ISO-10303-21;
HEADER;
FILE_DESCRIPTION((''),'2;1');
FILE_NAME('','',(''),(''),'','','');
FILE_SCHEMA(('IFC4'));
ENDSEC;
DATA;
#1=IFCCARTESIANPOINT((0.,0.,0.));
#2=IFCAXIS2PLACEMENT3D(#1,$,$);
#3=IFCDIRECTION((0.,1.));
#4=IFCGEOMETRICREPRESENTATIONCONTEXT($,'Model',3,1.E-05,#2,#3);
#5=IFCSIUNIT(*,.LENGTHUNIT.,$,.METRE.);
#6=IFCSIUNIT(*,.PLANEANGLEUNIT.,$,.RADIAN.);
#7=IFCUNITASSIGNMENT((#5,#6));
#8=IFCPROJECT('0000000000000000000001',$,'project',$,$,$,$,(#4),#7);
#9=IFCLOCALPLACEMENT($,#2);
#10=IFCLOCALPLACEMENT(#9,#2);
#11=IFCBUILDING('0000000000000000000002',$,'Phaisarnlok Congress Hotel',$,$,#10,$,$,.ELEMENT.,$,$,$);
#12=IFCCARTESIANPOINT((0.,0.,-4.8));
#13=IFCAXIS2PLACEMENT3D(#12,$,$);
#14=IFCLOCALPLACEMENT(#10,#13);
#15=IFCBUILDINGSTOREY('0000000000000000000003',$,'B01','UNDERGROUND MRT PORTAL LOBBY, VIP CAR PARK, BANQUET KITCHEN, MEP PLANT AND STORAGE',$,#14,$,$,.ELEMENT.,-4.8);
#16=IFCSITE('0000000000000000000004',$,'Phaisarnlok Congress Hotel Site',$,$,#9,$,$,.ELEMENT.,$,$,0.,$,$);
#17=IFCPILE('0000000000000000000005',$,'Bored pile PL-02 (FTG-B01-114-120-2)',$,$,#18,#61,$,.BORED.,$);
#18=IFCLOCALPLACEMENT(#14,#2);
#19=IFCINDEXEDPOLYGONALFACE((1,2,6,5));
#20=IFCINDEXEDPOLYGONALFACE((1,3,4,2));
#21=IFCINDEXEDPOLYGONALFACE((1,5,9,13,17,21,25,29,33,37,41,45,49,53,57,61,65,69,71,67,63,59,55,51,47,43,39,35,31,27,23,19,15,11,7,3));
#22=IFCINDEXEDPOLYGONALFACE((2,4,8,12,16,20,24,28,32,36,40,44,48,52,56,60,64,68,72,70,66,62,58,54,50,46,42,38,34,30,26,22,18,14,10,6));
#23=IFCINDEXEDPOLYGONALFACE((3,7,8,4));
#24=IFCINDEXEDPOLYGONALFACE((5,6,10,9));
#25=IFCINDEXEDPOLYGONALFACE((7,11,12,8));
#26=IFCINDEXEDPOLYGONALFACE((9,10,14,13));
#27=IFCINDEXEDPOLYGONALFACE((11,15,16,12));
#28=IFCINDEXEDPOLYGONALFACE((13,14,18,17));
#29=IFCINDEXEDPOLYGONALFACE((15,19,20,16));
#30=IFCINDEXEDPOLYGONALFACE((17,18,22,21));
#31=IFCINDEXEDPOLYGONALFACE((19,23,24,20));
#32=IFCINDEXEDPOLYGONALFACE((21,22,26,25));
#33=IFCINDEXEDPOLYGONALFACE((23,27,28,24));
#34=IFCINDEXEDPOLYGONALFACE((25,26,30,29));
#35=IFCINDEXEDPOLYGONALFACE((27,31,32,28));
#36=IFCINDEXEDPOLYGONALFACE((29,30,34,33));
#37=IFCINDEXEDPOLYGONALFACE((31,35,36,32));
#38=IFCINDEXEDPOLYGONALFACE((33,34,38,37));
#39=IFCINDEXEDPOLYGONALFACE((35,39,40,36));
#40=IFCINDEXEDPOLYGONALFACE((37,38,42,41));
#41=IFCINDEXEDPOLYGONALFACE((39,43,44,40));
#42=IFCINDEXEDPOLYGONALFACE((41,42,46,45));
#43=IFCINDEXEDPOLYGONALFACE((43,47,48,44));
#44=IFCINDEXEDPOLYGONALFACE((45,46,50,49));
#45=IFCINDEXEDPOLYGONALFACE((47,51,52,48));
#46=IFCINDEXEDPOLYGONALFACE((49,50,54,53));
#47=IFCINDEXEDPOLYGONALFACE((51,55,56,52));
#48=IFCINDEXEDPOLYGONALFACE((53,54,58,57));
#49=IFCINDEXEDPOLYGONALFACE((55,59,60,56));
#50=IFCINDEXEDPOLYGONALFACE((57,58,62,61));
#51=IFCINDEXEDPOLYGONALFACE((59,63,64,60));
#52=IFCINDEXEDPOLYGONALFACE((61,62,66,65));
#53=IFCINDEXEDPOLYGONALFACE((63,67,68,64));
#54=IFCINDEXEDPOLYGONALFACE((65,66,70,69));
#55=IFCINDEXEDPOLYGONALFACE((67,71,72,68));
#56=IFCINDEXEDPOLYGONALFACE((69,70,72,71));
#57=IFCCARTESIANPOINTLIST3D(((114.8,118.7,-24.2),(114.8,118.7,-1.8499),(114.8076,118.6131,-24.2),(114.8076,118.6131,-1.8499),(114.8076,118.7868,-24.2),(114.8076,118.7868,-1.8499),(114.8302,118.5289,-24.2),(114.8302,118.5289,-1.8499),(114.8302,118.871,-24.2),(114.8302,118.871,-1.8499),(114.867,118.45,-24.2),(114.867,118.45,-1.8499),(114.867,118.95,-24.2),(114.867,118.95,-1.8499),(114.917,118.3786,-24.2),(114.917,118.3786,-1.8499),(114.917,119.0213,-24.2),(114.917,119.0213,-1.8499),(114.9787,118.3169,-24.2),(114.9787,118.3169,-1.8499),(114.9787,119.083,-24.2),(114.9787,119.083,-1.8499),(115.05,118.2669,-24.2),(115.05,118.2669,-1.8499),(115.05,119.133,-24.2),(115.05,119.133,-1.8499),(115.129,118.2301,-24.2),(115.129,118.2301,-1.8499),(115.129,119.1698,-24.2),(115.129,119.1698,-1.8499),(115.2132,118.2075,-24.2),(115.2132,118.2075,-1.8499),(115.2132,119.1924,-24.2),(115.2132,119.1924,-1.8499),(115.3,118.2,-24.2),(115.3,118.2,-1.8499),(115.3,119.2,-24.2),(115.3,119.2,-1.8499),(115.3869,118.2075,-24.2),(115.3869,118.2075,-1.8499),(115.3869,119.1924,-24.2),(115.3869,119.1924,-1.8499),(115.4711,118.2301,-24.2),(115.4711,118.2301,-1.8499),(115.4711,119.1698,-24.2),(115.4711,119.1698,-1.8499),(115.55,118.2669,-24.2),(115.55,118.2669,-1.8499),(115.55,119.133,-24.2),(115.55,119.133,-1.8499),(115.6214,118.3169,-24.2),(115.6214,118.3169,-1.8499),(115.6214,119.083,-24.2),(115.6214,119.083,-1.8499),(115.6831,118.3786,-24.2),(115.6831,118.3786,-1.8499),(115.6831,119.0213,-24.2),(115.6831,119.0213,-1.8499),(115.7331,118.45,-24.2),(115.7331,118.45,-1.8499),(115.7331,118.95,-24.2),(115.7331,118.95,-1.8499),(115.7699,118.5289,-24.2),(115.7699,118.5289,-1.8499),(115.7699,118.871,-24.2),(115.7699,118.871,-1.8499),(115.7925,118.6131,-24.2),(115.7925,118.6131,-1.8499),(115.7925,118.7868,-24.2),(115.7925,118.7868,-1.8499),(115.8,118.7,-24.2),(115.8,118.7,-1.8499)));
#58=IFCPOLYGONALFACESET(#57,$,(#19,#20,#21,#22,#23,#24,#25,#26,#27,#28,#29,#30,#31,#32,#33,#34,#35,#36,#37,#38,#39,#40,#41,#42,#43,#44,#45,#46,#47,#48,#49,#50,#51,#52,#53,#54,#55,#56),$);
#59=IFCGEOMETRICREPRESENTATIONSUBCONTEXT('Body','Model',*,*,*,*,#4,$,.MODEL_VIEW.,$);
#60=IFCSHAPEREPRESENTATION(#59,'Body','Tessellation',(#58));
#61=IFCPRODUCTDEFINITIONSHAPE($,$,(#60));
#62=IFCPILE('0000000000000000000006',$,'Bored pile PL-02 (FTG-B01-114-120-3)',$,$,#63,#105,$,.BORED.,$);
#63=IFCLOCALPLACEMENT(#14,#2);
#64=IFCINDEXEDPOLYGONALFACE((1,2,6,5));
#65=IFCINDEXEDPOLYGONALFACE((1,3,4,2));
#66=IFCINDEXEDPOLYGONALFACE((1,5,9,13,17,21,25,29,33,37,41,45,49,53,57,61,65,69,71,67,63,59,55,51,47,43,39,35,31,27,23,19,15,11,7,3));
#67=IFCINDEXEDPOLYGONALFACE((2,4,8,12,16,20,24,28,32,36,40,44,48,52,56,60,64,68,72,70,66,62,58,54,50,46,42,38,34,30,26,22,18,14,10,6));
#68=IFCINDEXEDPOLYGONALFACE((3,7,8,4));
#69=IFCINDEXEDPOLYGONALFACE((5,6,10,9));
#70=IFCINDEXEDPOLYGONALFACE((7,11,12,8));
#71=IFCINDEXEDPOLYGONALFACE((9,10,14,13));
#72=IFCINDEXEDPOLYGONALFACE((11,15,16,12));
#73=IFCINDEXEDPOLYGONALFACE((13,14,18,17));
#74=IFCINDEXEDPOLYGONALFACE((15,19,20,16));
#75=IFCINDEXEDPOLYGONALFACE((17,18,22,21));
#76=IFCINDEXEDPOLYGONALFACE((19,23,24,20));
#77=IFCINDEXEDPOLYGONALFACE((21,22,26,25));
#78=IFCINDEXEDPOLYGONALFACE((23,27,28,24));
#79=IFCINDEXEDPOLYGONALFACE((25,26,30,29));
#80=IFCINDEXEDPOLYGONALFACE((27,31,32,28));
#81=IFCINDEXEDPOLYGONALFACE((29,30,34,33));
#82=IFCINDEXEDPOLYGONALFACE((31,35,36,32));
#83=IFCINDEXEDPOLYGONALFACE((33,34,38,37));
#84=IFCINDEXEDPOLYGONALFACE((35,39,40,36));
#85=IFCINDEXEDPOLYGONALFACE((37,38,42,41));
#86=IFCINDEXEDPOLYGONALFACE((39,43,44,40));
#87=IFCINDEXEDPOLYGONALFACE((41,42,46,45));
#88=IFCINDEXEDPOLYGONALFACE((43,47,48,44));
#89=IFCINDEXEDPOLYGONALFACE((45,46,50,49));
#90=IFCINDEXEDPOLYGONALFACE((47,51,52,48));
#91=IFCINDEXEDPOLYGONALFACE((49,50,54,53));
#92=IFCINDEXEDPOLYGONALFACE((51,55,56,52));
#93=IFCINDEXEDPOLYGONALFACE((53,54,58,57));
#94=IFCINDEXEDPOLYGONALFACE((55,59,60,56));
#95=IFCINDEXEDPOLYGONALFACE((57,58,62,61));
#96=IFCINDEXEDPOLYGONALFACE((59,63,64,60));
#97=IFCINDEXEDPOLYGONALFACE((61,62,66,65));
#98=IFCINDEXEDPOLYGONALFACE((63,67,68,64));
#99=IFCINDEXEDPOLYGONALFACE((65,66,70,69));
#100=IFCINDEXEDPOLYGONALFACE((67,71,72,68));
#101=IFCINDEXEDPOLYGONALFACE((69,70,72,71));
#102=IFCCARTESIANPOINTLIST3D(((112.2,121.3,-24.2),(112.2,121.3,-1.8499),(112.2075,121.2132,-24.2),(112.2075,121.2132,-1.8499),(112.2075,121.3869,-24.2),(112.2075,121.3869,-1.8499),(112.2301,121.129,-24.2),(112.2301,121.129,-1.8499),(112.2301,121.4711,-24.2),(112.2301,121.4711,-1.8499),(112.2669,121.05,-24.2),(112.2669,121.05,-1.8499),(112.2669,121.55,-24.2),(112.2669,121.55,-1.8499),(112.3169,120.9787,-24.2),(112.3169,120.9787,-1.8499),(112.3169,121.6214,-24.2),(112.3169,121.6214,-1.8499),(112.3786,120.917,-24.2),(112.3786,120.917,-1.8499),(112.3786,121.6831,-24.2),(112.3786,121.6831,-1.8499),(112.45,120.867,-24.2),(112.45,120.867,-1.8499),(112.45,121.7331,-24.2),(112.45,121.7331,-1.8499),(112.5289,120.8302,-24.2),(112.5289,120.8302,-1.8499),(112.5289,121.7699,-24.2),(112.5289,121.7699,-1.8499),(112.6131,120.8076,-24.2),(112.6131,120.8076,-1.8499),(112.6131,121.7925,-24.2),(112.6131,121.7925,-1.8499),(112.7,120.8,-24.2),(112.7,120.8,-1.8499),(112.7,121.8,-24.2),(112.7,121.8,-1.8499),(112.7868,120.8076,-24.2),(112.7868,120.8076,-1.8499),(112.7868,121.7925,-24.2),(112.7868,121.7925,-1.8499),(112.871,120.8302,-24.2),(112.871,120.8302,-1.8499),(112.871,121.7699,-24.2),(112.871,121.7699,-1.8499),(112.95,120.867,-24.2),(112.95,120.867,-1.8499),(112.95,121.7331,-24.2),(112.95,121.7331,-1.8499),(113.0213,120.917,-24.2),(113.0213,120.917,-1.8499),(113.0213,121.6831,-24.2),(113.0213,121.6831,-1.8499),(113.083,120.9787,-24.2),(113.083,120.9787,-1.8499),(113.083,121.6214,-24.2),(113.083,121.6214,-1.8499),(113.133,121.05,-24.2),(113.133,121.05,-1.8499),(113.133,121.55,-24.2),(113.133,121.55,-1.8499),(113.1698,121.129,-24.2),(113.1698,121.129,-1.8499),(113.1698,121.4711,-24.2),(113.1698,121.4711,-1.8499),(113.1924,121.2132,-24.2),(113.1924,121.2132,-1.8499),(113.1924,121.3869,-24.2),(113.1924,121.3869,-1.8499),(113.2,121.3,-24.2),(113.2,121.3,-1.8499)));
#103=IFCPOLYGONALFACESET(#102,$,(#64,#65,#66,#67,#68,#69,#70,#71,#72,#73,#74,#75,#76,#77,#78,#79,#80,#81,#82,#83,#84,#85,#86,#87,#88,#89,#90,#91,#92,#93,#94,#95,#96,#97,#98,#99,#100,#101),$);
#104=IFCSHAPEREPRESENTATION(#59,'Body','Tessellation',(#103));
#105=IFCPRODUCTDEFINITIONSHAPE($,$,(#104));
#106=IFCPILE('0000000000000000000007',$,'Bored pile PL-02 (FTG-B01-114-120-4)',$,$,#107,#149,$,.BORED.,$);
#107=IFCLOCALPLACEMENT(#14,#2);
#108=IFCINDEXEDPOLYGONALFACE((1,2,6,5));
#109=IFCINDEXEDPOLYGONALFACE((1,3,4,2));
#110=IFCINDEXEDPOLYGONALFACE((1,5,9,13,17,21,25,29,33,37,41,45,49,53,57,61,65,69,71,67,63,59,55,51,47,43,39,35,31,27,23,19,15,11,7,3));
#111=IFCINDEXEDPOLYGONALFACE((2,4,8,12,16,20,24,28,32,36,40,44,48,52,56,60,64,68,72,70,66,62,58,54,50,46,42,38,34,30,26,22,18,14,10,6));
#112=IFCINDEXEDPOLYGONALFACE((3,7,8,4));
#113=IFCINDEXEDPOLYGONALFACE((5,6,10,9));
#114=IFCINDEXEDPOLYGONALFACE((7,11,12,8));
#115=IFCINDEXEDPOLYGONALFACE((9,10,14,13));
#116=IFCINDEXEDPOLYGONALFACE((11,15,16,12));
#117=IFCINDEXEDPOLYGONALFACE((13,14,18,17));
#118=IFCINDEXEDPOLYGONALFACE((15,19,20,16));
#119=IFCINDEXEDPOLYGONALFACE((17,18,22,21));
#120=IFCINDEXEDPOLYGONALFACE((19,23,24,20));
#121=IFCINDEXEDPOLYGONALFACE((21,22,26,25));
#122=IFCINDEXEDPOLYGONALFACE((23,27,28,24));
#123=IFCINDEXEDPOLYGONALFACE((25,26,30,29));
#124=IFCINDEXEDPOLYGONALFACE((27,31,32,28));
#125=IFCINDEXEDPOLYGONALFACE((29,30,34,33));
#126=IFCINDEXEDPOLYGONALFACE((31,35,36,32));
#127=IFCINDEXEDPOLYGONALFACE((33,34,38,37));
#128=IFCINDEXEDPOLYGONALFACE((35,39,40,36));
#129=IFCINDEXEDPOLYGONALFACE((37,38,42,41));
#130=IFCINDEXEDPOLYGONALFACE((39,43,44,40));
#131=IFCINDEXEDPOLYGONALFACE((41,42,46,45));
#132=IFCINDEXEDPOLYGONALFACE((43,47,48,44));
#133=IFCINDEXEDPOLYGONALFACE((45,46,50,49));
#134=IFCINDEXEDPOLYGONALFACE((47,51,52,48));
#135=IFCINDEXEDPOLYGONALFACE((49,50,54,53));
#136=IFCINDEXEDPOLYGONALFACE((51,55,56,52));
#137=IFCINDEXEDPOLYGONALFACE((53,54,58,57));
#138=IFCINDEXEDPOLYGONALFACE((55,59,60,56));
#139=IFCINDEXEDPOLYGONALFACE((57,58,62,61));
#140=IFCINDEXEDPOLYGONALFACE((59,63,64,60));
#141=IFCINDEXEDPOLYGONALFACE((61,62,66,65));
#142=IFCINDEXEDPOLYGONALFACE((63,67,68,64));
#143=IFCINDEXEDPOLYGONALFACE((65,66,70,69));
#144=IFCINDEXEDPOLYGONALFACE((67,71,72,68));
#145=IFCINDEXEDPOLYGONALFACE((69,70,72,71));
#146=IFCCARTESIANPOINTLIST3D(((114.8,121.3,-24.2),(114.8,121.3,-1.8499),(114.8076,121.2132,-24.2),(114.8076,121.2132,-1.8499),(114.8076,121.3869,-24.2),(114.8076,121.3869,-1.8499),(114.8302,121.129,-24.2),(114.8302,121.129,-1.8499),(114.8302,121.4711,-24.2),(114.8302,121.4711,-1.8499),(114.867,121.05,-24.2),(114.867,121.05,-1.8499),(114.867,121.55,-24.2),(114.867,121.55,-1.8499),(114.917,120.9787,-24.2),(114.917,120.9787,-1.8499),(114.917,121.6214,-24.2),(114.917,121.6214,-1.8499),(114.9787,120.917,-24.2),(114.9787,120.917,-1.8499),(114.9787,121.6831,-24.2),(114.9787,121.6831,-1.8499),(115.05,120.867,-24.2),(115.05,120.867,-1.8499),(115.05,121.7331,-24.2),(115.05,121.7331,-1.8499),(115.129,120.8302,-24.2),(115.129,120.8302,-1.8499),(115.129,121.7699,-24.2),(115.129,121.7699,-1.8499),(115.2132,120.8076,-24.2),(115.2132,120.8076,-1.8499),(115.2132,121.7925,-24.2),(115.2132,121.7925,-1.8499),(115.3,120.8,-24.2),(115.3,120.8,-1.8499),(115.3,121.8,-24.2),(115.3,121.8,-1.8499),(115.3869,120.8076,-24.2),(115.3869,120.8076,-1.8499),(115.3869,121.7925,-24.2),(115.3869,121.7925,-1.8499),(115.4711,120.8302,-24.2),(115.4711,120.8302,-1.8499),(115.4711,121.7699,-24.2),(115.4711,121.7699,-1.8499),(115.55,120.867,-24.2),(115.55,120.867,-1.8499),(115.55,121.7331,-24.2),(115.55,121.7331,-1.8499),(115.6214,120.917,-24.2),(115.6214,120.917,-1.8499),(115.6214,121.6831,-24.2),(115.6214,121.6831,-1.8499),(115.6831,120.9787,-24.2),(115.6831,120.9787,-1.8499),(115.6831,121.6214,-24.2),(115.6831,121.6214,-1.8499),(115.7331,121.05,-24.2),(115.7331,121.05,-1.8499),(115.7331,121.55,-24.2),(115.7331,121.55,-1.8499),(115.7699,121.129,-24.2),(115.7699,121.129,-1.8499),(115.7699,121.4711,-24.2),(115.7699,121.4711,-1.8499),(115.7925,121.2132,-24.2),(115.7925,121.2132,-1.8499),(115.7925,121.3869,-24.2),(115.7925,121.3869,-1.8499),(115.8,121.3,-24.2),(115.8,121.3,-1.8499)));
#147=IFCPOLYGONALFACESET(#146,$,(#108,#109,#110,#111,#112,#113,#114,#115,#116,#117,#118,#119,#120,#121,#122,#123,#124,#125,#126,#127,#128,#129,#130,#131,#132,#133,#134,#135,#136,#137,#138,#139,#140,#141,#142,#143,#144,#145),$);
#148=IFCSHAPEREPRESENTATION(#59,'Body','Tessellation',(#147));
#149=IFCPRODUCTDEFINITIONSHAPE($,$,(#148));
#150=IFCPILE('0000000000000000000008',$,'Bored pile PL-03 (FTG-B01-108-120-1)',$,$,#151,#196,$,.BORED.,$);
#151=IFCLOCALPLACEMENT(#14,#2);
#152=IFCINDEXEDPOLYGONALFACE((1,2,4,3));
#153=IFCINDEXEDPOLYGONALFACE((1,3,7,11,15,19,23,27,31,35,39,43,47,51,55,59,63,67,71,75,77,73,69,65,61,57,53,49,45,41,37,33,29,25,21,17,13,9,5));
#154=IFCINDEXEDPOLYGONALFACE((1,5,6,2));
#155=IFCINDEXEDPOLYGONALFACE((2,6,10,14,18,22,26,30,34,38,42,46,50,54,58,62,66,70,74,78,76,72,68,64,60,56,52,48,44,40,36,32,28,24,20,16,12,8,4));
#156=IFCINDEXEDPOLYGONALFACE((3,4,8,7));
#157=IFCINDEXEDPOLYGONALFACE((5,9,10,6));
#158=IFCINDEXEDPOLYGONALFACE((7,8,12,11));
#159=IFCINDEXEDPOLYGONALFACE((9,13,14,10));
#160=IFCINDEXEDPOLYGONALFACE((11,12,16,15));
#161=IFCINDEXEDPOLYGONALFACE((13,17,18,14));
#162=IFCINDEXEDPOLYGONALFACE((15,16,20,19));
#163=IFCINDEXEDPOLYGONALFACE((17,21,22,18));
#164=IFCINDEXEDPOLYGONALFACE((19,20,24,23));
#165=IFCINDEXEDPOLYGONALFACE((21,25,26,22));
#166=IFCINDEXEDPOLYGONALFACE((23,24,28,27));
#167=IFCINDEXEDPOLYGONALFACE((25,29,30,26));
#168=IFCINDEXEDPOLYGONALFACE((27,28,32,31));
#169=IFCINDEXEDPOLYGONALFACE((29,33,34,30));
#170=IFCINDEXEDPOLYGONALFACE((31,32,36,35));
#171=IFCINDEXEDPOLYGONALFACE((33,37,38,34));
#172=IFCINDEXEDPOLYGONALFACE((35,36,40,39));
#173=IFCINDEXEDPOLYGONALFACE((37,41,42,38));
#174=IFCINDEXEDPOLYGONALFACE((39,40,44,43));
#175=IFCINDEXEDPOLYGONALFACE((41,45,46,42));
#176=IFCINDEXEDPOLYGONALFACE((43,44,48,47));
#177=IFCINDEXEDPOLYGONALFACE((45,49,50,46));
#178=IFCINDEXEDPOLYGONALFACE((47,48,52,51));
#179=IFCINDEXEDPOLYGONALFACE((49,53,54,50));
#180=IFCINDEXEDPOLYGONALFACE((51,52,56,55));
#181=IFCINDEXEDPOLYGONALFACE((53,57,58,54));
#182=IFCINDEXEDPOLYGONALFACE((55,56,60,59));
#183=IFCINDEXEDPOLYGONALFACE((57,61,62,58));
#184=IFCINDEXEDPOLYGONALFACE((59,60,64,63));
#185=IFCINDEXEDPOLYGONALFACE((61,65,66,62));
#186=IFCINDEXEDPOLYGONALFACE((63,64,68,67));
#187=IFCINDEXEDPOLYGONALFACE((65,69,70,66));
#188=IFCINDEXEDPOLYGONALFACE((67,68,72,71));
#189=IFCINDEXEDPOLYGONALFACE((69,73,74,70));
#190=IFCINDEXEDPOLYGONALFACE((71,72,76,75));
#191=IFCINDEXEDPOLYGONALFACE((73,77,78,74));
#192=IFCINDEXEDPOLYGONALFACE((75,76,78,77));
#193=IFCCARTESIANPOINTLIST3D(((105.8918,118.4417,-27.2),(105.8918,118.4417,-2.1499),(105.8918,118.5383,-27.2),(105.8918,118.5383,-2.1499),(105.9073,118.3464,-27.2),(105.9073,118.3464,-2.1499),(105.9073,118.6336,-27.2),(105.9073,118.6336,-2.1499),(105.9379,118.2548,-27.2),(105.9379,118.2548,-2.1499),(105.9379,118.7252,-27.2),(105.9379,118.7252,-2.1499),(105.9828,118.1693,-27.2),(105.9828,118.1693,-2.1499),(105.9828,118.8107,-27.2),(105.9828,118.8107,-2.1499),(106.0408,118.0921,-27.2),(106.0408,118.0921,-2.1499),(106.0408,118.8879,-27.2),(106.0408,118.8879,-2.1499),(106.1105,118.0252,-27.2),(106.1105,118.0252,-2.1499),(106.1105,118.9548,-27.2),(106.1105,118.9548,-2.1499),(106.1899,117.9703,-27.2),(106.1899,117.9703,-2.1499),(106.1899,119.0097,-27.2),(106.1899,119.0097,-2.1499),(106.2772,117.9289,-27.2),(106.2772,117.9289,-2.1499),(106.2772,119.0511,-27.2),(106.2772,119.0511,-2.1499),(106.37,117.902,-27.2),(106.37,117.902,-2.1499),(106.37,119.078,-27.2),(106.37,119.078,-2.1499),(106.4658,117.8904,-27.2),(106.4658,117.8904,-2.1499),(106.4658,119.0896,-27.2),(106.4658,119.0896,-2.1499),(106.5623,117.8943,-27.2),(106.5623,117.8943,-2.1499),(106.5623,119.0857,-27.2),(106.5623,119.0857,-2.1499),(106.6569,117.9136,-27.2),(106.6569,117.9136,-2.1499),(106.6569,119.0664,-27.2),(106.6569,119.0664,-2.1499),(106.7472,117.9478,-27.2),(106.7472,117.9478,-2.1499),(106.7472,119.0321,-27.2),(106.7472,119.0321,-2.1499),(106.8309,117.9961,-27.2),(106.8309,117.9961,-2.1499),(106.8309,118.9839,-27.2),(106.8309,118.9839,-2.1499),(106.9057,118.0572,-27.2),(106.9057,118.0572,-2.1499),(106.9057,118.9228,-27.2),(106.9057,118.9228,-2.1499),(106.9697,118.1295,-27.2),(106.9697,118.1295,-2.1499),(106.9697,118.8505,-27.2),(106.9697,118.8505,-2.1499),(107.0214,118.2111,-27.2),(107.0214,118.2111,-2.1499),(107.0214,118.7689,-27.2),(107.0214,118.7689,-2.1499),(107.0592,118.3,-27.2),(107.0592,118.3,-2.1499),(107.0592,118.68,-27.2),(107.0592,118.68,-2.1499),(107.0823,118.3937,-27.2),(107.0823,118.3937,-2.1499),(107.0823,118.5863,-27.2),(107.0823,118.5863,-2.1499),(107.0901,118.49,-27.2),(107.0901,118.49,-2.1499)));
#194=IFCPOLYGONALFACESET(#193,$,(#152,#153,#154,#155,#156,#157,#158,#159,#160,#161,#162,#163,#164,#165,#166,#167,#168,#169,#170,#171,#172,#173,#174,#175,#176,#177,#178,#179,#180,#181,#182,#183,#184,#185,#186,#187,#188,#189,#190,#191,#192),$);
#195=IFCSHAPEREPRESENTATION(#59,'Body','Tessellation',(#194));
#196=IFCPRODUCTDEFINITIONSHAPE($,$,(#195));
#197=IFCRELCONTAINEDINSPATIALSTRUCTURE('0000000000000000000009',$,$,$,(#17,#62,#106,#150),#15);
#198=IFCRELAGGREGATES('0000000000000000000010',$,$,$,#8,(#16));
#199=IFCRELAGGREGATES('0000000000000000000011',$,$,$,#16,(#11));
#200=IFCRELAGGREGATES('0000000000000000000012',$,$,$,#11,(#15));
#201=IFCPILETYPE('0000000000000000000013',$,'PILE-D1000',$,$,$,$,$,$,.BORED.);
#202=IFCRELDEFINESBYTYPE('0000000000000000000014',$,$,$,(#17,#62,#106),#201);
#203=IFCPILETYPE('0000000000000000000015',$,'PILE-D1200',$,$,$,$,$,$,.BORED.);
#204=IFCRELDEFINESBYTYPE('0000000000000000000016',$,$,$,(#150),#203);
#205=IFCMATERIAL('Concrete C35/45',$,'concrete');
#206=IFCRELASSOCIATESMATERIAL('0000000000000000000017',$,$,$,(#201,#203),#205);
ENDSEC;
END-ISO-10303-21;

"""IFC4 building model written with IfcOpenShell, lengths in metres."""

from ifc_helpers import new_model, si_unit, direction, frame, origin, origin_2d, place, context, subcontext, project, spatial, circle, extrude, material, material_profile, profile_set, type_object, element, save


model = new_model("IFC4")

# Units and contexts
model_context = context("Model", 3, precision=1e-05, world=origin(), true_north=direction((0.0, 1.0)))
body_context = subcontext(model_context, "Body", "Model", "MODEL_VIEW")
ifc_project = project(units=[si_unit("LENGTHUNIT", "METRE"), si_unit("PLANEANGLEUNIT", "RADIAN")], contexts=[model_context])

# Site, building, storey
site_placement = place(None, origin())
site = spatial("IfcSite", under=ifc_project, at=site_placement, Name="Phaisarnlok Congress Hotel Site", CompositionType="ELEMENT", RefElevation=0.0)
building_placement = place(site_placement, origin())
building = spatial("IfcBuilding", under=site, at=building_placement, Name="Phaisarnlok Congress Hotel", CompositionType="ELEMENT")
storey_placement = place(building_placement, frame((0.0, 0.0, -4.8)))
storey = spatial("IfcBuildingStorey", under=building, at=storey_placement, Name="B01", Description="UNDERGROUND MRT PORTAL LOBBY, VIP CAR PARK, BANQUET KITCHEN, MEP PLANT AND STORAGE", CompositionType="ELEMENT", Elevation=-4.8)

# Piles
ifc_material_1 = material(Name="Concrete C35/45", Category="concrete")
ifc_material_profile_1 = material_profile(ifc_material_1, circle(Radius=0.5, at=origin_2d()), Name="BORED PILE D1000")
ifc_profile_set_1 = profile_set([ifc_material_profile_1], Name="Concrete C35/45")
pile_type_1 = type_object("IfcPileType", Name="PILE-D1000", PredefinedType="BORED", material=ifc_profile_set_1)
for number, where, z_axis, x_axis, name in (
    (1, (115.3, 118.7, -1.8499), (0.0, 0.0, -1.0), (1.0, 0.0, 0.0), "Bored pile PL-02 (FTG-B01-114-120-2)"),
    (2, (112.7, 121.3, -1.8499), (0.0, 0.0, -1.0), (1.0, 0.0, 0.0), "Bored pile PL-02 (FTG-B01-114-120-3)"),
    (3, (115.3, 121.3, -1.8499), (0.0, 0.0, -1.0), (1.0, 0.0, 0.0), "Bored pile PL-02 (FTG-B01-114-120-4)"),
):
    element("IfcPile", number, at=place(storey_placement, frame(where, z_axis=z_axis, x_axis=x_axis)), inside=storey, type_object=pile_type_1, Name=name, PredefinedType="BORED", context=body_context, shape_type="SweptSolid", body=[
        extrude(circle(Radius=0.5, at=origin_2d()), origin(), (0.0, 0.0, 1.0), 22.3501),
    ])
ifc_material_profile_2 = material_profile(ifc_material_1, circle(Radius=0.6001, at=origin_2d()), Name="BORED PILE D1200")
ifc_profile_set_2 = profile_set([ifc_material_profile_2], Name="Concrete C35/45")
pile_type_2 = type_object("IfcPileType", Name="PILE-D1200", PredefinedType="BORED", material=ifc_profile_set_2)
for number, where, z_axis, x_axis, name in (
    (4, (106.49, 118.49, -2.1499), (0.0, 0.0, -1.0), (1.0, 0.0, 0.0), "Bored pile PL-03 (FTG-B01-108-120-1)"),
):
    element("IfcPile", number, at=place(storey_placement, frame(where, z_axis=z_axis, x_axis=x_axis)), inside=storey, type_object=pile_type_2, Name=name, PredefinedType="BORED", context=body_context, shape_type="SweptSolid", body=[
        extrude(circle(Radius=0.6001, at=origin_2d()), origin(), (0.0, 0.0, 1.0), 25.05),
    ])

save(model, "model.ifc")
